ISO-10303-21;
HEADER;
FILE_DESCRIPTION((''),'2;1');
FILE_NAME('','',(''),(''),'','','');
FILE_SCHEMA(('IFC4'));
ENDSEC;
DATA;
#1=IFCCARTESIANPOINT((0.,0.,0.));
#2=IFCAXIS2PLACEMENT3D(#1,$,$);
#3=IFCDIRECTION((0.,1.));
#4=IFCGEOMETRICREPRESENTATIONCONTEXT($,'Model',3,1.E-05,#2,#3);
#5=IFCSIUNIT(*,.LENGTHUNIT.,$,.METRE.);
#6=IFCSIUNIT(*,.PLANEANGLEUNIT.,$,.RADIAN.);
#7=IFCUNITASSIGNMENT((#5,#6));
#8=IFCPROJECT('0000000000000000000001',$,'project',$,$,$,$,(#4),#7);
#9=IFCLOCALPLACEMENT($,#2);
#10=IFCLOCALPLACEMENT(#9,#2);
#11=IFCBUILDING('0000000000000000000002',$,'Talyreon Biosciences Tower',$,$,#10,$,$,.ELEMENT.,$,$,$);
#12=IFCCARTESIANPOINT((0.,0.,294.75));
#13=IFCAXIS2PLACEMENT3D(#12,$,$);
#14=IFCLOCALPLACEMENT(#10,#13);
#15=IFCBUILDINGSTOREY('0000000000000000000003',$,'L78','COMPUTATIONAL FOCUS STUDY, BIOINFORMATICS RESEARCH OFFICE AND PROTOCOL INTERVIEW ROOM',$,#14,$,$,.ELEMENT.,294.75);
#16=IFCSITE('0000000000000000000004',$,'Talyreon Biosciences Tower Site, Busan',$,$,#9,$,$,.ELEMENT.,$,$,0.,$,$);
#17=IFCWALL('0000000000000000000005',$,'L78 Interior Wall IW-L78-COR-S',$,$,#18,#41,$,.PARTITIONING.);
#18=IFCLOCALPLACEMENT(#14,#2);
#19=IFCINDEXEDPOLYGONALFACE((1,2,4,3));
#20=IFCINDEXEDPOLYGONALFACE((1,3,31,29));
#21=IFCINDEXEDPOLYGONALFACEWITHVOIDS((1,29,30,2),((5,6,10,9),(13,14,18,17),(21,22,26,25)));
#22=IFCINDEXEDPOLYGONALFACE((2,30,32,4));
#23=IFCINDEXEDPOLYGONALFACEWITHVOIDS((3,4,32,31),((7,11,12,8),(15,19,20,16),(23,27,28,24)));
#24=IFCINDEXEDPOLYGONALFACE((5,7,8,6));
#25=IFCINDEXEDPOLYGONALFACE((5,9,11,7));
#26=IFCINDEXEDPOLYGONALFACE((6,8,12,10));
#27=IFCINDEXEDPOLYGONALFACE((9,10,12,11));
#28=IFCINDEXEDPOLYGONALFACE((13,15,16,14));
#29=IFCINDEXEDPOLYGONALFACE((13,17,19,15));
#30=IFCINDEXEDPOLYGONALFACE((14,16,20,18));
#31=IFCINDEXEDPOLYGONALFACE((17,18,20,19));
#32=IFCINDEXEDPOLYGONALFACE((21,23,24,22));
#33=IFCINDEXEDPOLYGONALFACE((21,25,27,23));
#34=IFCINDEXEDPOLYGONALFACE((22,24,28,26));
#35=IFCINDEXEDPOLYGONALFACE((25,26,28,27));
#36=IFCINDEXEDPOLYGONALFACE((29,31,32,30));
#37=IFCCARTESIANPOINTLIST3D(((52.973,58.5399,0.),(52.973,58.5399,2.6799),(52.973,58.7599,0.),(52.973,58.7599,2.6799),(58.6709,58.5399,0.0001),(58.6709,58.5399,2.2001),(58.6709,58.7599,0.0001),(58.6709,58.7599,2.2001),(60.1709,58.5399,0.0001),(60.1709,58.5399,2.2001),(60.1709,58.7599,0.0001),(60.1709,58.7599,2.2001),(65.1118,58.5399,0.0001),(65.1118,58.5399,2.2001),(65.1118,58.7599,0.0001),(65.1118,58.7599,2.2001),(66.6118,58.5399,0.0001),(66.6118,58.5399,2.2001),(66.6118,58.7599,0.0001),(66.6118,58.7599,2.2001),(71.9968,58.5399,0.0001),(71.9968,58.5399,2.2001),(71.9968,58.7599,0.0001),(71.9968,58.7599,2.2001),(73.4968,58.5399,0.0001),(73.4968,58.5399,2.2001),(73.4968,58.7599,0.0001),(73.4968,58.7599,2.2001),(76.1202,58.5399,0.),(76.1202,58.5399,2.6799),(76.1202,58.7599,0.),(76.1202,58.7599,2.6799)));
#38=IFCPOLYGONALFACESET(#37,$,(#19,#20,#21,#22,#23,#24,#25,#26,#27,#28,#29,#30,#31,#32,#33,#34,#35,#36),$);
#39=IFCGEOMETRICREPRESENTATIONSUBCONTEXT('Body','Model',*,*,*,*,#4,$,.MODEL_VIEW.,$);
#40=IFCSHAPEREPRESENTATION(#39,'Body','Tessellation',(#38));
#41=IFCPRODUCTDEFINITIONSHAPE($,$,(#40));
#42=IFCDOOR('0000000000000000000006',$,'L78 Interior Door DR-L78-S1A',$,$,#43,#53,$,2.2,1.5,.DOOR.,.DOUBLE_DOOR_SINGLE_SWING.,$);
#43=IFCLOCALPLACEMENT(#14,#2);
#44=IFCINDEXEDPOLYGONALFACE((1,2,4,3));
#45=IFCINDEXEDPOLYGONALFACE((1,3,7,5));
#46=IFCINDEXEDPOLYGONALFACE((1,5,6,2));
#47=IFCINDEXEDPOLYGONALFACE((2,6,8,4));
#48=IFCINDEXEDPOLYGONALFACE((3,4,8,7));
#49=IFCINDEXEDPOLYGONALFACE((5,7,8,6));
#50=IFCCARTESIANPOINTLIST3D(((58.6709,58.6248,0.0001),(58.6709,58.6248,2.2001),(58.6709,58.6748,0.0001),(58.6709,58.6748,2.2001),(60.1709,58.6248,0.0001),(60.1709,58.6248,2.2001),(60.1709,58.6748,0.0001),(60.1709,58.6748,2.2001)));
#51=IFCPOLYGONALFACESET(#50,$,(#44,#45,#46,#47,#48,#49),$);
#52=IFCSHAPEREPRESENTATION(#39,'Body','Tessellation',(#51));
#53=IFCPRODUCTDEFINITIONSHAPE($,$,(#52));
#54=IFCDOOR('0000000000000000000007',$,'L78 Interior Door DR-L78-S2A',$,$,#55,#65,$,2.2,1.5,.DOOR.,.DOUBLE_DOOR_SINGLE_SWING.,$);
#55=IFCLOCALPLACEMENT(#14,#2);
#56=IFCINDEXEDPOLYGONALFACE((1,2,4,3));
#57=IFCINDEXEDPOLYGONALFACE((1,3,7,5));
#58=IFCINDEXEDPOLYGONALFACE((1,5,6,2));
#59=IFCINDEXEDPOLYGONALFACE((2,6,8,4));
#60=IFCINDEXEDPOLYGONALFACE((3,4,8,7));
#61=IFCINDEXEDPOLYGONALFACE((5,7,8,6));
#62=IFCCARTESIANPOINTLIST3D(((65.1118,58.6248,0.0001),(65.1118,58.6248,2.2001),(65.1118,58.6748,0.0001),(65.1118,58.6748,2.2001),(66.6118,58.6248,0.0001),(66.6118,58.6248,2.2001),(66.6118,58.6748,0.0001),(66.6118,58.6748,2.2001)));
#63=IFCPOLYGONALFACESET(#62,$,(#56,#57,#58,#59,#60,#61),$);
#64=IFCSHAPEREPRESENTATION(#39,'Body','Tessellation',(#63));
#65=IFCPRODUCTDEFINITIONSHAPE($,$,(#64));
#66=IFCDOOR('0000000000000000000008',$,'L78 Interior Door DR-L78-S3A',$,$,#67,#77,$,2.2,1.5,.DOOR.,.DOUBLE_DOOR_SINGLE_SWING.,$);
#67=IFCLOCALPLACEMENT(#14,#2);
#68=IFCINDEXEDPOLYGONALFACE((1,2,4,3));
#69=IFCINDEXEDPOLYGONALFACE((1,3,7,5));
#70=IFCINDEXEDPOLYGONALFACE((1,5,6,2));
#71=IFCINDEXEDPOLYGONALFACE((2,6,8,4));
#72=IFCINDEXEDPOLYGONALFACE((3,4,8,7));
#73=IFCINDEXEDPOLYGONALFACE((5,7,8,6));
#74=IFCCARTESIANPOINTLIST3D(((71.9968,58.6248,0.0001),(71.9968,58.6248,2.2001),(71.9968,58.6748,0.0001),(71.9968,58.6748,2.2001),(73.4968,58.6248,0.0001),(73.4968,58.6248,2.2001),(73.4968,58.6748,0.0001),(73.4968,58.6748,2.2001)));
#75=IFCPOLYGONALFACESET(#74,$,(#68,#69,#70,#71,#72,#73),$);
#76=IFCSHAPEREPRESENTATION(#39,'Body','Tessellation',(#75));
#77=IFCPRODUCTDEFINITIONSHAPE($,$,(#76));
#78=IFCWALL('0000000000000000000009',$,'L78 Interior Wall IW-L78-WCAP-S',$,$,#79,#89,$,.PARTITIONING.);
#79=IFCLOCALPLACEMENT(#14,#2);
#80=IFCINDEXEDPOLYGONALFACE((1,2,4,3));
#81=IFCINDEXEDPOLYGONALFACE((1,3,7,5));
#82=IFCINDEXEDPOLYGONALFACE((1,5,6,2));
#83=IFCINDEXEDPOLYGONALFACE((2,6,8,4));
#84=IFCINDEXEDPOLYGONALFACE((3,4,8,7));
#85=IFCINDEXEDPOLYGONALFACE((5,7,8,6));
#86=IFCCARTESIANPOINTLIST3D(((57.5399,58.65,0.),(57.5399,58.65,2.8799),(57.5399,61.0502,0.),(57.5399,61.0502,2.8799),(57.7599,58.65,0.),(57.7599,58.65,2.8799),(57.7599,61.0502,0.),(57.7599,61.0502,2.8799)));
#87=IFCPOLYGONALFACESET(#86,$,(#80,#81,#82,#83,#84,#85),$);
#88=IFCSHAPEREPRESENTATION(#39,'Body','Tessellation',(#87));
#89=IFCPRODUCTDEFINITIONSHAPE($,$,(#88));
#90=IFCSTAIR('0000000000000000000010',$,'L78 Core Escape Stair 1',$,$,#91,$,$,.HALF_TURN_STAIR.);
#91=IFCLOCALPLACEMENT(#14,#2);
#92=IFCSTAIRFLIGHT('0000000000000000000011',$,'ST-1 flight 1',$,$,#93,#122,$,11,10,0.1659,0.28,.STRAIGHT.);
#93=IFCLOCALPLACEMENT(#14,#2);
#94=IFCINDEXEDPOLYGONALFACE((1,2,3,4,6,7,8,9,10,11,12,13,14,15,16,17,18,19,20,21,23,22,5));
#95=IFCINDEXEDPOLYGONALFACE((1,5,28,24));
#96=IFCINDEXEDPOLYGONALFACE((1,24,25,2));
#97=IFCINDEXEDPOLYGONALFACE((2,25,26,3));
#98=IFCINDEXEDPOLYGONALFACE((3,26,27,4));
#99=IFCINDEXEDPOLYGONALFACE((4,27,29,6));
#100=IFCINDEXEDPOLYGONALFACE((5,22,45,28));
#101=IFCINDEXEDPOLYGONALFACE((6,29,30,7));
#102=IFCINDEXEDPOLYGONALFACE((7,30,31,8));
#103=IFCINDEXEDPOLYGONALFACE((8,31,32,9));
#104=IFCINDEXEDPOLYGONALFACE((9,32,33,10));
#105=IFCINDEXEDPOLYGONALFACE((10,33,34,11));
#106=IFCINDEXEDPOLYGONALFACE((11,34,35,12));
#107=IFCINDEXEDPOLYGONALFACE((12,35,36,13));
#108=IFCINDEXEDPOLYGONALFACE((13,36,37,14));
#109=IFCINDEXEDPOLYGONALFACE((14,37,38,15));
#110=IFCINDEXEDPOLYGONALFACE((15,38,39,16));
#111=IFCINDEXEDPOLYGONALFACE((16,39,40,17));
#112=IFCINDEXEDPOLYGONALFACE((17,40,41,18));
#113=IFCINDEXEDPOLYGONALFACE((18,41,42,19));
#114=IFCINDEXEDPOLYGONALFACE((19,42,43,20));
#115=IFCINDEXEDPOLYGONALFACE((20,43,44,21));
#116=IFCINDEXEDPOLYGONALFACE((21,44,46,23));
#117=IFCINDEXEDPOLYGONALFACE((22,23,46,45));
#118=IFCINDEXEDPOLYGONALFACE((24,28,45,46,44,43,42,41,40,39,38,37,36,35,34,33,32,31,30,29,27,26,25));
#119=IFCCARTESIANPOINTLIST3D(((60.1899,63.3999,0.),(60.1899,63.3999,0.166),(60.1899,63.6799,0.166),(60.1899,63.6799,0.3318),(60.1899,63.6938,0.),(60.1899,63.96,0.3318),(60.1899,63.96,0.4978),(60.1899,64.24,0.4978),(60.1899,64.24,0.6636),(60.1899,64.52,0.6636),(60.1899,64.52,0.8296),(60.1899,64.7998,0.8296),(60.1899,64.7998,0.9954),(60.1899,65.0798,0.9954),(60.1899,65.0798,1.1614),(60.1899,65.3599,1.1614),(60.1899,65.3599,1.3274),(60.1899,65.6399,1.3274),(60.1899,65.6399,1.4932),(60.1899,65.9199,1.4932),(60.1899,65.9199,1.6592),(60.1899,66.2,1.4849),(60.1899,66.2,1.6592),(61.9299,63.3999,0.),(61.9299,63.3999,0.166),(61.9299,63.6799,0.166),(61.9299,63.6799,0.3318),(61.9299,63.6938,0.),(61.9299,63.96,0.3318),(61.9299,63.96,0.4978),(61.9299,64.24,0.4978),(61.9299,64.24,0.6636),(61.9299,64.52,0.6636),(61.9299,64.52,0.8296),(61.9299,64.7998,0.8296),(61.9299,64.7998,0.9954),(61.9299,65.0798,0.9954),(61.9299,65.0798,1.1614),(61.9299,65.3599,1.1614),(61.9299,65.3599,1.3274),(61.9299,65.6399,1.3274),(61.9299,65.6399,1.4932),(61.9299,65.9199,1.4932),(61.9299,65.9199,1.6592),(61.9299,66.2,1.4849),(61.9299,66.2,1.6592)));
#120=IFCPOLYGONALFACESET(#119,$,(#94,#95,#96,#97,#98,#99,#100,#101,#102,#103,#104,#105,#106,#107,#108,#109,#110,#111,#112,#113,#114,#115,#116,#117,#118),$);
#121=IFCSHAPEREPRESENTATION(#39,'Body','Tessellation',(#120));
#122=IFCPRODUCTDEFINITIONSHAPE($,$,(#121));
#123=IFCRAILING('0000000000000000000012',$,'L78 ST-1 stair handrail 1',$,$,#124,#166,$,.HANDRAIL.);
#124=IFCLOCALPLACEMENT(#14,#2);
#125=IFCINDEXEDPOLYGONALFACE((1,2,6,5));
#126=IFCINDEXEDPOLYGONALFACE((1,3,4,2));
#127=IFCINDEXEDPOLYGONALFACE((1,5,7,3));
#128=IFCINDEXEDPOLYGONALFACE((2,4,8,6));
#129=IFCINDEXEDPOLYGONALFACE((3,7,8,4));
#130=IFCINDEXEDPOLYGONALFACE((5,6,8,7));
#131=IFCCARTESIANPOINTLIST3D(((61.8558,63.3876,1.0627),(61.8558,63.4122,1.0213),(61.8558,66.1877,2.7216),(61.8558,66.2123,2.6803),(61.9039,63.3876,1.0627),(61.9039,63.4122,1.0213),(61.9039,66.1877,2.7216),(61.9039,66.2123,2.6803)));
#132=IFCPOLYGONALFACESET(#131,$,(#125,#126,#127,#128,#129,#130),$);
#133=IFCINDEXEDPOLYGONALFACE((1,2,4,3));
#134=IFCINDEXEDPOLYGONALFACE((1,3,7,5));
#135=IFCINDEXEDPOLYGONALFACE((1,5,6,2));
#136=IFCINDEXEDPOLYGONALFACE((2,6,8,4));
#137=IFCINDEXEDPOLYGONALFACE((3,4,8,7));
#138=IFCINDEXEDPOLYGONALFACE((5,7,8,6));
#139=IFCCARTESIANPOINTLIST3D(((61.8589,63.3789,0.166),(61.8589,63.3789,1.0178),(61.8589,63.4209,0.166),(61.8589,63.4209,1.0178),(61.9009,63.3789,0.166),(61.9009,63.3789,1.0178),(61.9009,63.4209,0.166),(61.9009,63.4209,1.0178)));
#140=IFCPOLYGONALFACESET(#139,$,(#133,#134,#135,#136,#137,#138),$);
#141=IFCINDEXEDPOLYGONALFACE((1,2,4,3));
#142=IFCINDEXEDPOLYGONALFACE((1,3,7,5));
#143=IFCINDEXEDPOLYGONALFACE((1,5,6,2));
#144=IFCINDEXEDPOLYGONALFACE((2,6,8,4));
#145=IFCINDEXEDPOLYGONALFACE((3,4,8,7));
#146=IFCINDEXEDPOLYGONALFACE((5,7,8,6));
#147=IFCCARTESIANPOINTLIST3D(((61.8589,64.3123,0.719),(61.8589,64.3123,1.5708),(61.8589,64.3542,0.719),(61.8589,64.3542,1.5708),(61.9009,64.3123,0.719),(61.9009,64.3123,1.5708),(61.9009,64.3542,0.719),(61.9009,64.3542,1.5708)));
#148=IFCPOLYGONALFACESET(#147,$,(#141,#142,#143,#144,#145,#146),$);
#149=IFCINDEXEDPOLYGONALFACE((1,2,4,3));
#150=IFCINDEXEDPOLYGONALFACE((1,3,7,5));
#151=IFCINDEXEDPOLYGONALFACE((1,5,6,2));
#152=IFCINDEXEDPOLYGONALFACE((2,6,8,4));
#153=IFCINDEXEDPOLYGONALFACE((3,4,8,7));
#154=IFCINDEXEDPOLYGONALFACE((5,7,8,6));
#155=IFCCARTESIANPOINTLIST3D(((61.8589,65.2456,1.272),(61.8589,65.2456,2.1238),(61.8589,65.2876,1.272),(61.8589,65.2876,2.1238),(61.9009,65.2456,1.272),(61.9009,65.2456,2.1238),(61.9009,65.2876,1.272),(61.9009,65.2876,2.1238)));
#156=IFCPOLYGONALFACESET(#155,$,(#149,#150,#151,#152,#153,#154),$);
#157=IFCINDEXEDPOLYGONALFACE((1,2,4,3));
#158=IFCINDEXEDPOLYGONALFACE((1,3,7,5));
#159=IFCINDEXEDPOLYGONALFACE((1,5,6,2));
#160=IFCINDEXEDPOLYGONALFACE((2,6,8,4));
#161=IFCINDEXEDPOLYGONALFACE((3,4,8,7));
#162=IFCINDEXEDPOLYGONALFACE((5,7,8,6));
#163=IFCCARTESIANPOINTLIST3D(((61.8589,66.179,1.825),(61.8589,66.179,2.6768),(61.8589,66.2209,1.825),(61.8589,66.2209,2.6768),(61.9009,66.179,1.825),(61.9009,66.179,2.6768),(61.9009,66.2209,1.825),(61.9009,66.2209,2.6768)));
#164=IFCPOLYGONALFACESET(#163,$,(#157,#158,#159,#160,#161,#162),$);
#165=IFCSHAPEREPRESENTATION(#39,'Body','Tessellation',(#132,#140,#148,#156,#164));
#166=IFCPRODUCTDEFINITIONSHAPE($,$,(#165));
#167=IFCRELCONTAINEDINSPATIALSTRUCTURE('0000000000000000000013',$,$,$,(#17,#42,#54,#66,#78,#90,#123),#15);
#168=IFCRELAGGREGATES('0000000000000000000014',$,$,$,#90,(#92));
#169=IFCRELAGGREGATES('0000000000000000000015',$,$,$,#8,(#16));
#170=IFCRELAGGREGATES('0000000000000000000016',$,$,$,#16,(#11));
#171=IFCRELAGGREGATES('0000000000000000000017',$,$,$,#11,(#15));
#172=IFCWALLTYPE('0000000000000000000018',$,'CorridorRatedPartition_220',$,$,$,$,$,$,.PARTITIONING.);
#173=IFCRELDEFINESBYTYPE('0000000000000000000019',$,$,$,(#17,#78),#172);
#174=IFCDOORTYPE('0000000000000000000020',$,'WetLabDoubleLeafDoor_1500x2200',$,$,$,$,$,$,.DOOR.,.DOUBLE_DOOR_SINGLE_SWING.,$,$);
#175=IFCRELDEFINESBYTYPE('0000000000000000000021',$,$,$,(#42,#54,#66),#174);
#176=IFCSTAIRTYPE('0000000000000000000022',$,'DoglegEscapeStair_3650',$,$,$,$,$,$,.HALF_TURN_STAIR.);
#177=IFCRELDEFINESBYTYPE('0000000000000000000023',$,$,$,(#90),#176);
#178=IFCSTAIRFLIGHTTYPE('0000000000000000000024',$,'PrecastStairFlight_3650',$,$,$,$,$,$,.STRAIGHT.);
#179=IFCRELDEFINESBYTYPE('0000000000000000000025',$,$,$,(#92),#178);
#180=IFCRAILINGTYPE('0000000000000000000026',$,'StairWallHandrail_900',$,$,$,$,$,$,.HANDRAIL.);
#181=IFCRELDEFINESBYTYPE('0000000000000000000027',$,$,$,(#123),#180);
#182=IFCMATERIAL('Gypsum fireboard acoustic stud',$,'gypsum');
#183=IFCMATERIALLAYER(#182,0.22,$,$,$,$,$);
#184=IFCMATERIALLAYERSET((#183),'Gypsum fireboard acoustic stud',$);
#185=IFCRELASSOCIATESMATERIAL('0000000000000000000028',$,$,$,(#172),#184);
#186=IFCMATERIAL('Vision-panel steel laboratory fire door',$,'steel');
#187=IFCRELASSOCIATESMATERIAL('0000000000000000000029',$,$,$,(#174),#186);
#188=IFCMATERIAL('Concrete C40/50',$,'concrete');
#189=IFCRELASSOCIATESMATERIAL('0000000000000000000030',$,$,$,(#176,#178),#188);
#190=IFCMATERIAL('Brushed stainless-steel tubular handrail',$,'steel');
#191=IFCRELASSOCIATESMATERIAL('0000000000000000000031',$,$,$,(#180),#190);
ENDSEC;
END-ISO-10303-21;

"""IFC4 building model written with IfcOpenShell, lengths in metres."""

from ifc_helpers import new_model, si_unit, direction, frame, frame_2d, origin, origin_2d, place, context, subcontext, project, spatial, polyline, rectangle, outline, extrude, material, layer, layer_set, type_object, element, fill, aggregate, save


model = new_model("IFC4")

# Units and contexts
model_context = context("Model", 3, precision=1e-05, world=origin(), true_north=direction((0.0, 1.0)))
body_context = subcontext(model_context, "Body", "Model", "MODEL_VIEW")
ifc_project = project(units=[si_unit("LENGTHUNIT", "METRE"), si_unit("PLANEANGLEUNIT", "RADIAN")], contexts=[model_context])

# Site, building, storey
site_placement = place(None, origin())
site = spatial("IfcSite", under=ifc_project, at=site_placement, Name="Talyreon Biosciences Tower Site, Busan", CompositionType="ELEMENT", RefElevation=0.0)
building_placement = place(site_placement, origin())
building = spatial("IfcBuilding", under=site, at=building_placement, Name="Talyreon Biosciences Tower", CompositionType="ELEMENT")
storey_placement = place(building_placement, frame((0.0, 0.0, 294.75)))
storey = spatial("IfcBuildingStorey", under=building, at=storey_placement, Name="L78", Description="COMPUTATIONAL FOCUS STUDY, BIOINFORMATICS RESEARCH OFFICE AND PROTOCOL INTERVIEW ROOM", CompositionType="ELEMENT", Elevation=294.75)

# Wall, openings, doors
ifc_material_1 = material(Name="Gypsum fireboard acoustic stud", Category="gypsum")
ifc_layer_1 = layer(ifc_material_1, 0.22)
ifc_layer_set_1 = layer_set([ifc_layer_1], Name="Gypsum fireboard acoustic stud")
wall_type_1 = type_object("IfcWallType", Name="CorridorRatedPartition_220", PredefinedType="PARTITIONING", material=ifc_layer_set_1)
wall_1_placement = place(storey_placement, frame((52.9729, 58.6499, 0.0), z_axis=(0.0, 0.0, 1.0), x_axis=(1.0, 0.0, 0.0)))
wall_1 = element("IfcWall", 1, at=wall_1_placement, inside=storey, type_object=wall_type_1, Name="L78 Interior Wall IW-L78-COR-S", PredefinedType="PARTITIONING", context=body_context, shape_type="SweptSolid", body=[
    extrude(rectangle(XDim=23.1472, YDim=0.22, at=frame_2d((11.5737, 0.0))), origin(), (0.0, 0.0, 1.0), 2.6799),
])
opening_1_placement = place(wall_1_placement, frame((5.698, 0.0, 0.0)))
opening_1 = element("IfcOpeningElement", 2, at=opening_1_placement, cuts=wall_1, PredefinedType="OPENING", context=body_context, shape_type="SweptSolid", body=[
    extrude(rectangle(XDim=1.5, YDim=2.2, at=frame_2d((0.75, 1.1001))), frame((0.0, 0.1199, 0.0), z_axis=(0.0, -1.0, 0.0), x_axis=(1.0, 0.0, 0.0)), (0.0, 0.0, 1.0), 0.24),
])
opening_2_placement = place(wall_1_placement, frame((12.1389, 0.0, 0.0)))
opening_2 = element("IfcOpeningElement", 3, at=opening_2_placement, cuts=wall_1, PredefinedType="OPENING", context=body_context, shape_type="SweptSolid", body=[
    extrude(rectangle(XDim=1.5, YDim=2.2, at=frame_2d((0.75, 1.1001))), frame((0.0, 0.1199, 0.0), z_axis=(0.0, -1.0, 0.0), x_axis=(1.0, 0.0, 0.0)), (0.0, 0.0, 1.0), 0.24),
])
opening_3_placement = place(wall_1_placement, frame((19.0239, 0.0, 0.0)))
opening_3 = element("IfcOpeningElement", 4, at=opening_3_placement, cuts=wall_1, PredefinedType="OPENING", context=body_context, shape_type="SweptSolid", body=[
    extrude(rectangle(XDim=1.5, YDim=2.2, at=frame_2d((0.75, 1.1001))), frame((0.0, 0.1199, 0.0), z_axis=(0.0, -1.0, 0.0), x_axis=(1.0, 0.0, 0.0)), (0.0, 0.0, 1.0), 0.24),
])
ifc_material_2 = material(Name="Vision-panel steel laboratory fire door", Category="steel")
door_type_1 = type_object("IfcDoorType", Name="WetLabDoubleLeafDoor_1500x2200", OperationType="DOUBLE_DOOR_SINGLE_SWING", PredefinedType="DOOR", material=ifc_material_2)
door_1_placement = place(opening_1_placement, origin())
door_1 = element("IfcDoor", 5, at=door_1_placement, inside=storey, type_object=door_type_1, Name="L78 Interior Door DR-L78-S1A", OperationType="DOUBLE_DOOR_SINGLE_SWING", OverallHeight=2.2, OverallWidth=1.5, PredefinedType="DOOR", context=body_context, shape_type="SweptSolid", body=[
    extrude(rectangle(XDim=1.5, YDim=2.2, at=frame_2d((0.75, 1.1001))), frame((0.0, 0.0249, 0.0), z_axis=(0.0, -1.0, 0.0), x_axis=(1.0, 0.0, 0.0)), (0.0, 0.0, 1.0), 0.05),
])
fill(opening_1, door_1)
door_2_placement = place(opening_2_placement, origin())
door_2 = element("IfcDoor", 6, at=door_2_placement, inside=storey, type_object=door_type_1, Name="L78 Interior Door DR-L78-S2A", OperationType="DOUBLE_DOOR_SINGLE_SWING", OverallHeight=2.2, OverallWidth=1.5, PredefinedType="DOOR", context=body_context, shape_type="SweptSolid", body=[
    extrude(rectangle(XDim=1.5, YDim=2.2, at=frame_2d((0.75, 1.1001))), frame((0.0, 0.0249, 0.0), z_axis=(0.0, -1.0, 0.0), x_axis=(1.0, 0.0, 0.0)), (0.0, 0.0, 1.0), 0.05),
])
fill(opening_2, door_2)
door_3_placement = place(opening_3_placement, origin())
door_3 = element("IfcDoor", 7, at=door_3_placement, inside=storey, type_object=door_type_1, Name="L78 Interior Door DR-L78-S3A", OperationType="DOUBLE_DOOR_SINGLE_SWING", OverallHeight=2.2, OverallWidth=1.5, PredefinedType="DOOR", context=body_context, shape_type="SweptSolid", body=[
    extrude(rectangle(XDim=1.5, YDim=2.2, at=frame_2d((0.75, 1.1001))), frame((0.0, 0.0249, 0.0), z_axis=(0.0, -1.0, 0.0), x_axis=(1.0, 0.0, 0.0)), (0.0, 0.0, 1.0), 0.05),
])
fill(opening_3, door_3)

# Wall
wall_2_placement = place(storey_placement, frame((57.6499, 58.6499, 0.0), z_axis=(0.0, 0.0, 1.0), x_axis=(0.0, 1.0, 0.0)))
element("IfcWall", 8, at=wall_2_placement, inside=storey, type_object=wall_type_1, Name="L78 Interior Wall IW-L78-WCAP-S", PredefinedType="PARTITIONING", context=body_context, shape_type="SweptSolid", body=[
    extrude(rectangle(XDim=2.4001, YDim=0.22, at=frame_2d((1.2002, 0.0))), origin(), (0.0, 0.0, 1.0), 2.8799),
])

# Stair, stair flight
ifc_material_3 = material(Name="Concrete C40/50", Category="concrete")
stair_type = type_object("IfcStairType", Name="DoglegEscapeStair_3650", PredefinedType="HALF_TURN_STAIR", material=ifc_material_3)
stair_placement = place(storey_placement, origin())
stair = element("IfcStair", 9, at=stair_placement, inside=storey, type_object=stair_type, Name="L78 Core Escape Stair 1", PredefinedType="HALF_TURN_STAIR")
stair_flight_type = type_object("IfcStairFlightType", Name="PrecastStairFlight_3650", PredefinedType="STRAIGHT", material=ifc_material_3)
stair_flight_placement = place(storey_placement, frame((61.0601, 63.3999, 0.0), z_axis=(0.0, 0.0, 1.0), x_axis=(0.0, 1.0, 0.0)))
stair_flight = element("IfcStairFlight", 10, at=stair_flight_placement, type_object=stair_flight_type, Name="ST-1 flight 1", NumberOfRisers=11, NumberOfTreads=10, PredefinedType="STRAIGHT", RiserHeight=0.1659, TreadLength=0.28, context=body_context, shape_type="SweptSolid", body=[
    extrude(outline(polyline([(0.0, 0.0), (0.0, 0.166), (0.28, 0.166), (0.28, 0.3318), (0.5601, 0.3318), (0.5601, 0.4978), (0.8401, 0.4978), (0.8401, 0.6636), (1.1201, 0.6636), (1.1201, 0.8296), (1.3999, 0.8296), (1.3999, 0.9954), (1.6799, 0.9954), (1.6799, 1.1614), (1.96, 1.1614), (1.96, 1.3274), (2.24, 1.3274), (2.24, 1.4932), (2.52, 1.4932), (2.52, 1.6592), (2.8, 1.6592), (2.8, 1.825), (2.8, 1.4849), (0.2939, 0.0), (0.0, 0.0)])), frame((0.0, 0.8701, 0.0), z_axis=(0.0, -1.0, 0.0), x_axis=(1.0, 0.0, 0.0)), (0.0, 0.0, 1.0), 1.74),
])
aggregate(stair, [stair_flight])

# Railing
ifc_material_4 = material(Name="Brushed stainless-steel tubular handrail", Category="steel")
railing_type_1 = type_object("IfcRailingType", Name="StairWallHandrail_900", PredefinedType="HANDRAIL", material=ifc_material_4)
railing_1_placement = place(storey_placement, frame((61.8799, 63.3999, 0.166)))
element("IfcRailing", 11, at=railing_1_placement, inside=storey, type_object=railing_type_1, Name="L78 ST-1 stair handrail 1", PredefinedType="HANDRAIL", context=body_context, shape_type="SweptSolid", body=[
    extrude(rectangle(XDim=0.0481, YDim=0.0481, at=origin_2d()), frame((0.0, 0.0, 0.876), z_axis=(0.0, 0.860339, 0.509722), x_axis=(-1.0, 0.0, 0.0)), (0.0, 0.0, 1.0), 3.2546),
    extrude(rectangle(XDim=0.042, YDim=0.042, at=origin_2d()), origin(), (0.0, 0.0, 1.0), 0.8518),
    extrude(rectangle(XDim=0.042, YDim=0.042, at=origin_2d()), frame((0.0, 0.9333, 0.553)), (0.0, 0.0, 1.0), 0.8518),
    extrude(rectangle(XDim=0.042, YDim=0.042, at=origin_2d()), frame((0.0, 1.8667, 1.106)), (0.0, 0.0, 1.0), 0.8518),
    extrude(rectangle(XDim=0.042, YDim=0.042, at=origin_2d()), frame((0.0, 2.8, 1.6589)), (0.0, 0.0, 1.0), 0.8518),
])

save(model, "model.ifc")
